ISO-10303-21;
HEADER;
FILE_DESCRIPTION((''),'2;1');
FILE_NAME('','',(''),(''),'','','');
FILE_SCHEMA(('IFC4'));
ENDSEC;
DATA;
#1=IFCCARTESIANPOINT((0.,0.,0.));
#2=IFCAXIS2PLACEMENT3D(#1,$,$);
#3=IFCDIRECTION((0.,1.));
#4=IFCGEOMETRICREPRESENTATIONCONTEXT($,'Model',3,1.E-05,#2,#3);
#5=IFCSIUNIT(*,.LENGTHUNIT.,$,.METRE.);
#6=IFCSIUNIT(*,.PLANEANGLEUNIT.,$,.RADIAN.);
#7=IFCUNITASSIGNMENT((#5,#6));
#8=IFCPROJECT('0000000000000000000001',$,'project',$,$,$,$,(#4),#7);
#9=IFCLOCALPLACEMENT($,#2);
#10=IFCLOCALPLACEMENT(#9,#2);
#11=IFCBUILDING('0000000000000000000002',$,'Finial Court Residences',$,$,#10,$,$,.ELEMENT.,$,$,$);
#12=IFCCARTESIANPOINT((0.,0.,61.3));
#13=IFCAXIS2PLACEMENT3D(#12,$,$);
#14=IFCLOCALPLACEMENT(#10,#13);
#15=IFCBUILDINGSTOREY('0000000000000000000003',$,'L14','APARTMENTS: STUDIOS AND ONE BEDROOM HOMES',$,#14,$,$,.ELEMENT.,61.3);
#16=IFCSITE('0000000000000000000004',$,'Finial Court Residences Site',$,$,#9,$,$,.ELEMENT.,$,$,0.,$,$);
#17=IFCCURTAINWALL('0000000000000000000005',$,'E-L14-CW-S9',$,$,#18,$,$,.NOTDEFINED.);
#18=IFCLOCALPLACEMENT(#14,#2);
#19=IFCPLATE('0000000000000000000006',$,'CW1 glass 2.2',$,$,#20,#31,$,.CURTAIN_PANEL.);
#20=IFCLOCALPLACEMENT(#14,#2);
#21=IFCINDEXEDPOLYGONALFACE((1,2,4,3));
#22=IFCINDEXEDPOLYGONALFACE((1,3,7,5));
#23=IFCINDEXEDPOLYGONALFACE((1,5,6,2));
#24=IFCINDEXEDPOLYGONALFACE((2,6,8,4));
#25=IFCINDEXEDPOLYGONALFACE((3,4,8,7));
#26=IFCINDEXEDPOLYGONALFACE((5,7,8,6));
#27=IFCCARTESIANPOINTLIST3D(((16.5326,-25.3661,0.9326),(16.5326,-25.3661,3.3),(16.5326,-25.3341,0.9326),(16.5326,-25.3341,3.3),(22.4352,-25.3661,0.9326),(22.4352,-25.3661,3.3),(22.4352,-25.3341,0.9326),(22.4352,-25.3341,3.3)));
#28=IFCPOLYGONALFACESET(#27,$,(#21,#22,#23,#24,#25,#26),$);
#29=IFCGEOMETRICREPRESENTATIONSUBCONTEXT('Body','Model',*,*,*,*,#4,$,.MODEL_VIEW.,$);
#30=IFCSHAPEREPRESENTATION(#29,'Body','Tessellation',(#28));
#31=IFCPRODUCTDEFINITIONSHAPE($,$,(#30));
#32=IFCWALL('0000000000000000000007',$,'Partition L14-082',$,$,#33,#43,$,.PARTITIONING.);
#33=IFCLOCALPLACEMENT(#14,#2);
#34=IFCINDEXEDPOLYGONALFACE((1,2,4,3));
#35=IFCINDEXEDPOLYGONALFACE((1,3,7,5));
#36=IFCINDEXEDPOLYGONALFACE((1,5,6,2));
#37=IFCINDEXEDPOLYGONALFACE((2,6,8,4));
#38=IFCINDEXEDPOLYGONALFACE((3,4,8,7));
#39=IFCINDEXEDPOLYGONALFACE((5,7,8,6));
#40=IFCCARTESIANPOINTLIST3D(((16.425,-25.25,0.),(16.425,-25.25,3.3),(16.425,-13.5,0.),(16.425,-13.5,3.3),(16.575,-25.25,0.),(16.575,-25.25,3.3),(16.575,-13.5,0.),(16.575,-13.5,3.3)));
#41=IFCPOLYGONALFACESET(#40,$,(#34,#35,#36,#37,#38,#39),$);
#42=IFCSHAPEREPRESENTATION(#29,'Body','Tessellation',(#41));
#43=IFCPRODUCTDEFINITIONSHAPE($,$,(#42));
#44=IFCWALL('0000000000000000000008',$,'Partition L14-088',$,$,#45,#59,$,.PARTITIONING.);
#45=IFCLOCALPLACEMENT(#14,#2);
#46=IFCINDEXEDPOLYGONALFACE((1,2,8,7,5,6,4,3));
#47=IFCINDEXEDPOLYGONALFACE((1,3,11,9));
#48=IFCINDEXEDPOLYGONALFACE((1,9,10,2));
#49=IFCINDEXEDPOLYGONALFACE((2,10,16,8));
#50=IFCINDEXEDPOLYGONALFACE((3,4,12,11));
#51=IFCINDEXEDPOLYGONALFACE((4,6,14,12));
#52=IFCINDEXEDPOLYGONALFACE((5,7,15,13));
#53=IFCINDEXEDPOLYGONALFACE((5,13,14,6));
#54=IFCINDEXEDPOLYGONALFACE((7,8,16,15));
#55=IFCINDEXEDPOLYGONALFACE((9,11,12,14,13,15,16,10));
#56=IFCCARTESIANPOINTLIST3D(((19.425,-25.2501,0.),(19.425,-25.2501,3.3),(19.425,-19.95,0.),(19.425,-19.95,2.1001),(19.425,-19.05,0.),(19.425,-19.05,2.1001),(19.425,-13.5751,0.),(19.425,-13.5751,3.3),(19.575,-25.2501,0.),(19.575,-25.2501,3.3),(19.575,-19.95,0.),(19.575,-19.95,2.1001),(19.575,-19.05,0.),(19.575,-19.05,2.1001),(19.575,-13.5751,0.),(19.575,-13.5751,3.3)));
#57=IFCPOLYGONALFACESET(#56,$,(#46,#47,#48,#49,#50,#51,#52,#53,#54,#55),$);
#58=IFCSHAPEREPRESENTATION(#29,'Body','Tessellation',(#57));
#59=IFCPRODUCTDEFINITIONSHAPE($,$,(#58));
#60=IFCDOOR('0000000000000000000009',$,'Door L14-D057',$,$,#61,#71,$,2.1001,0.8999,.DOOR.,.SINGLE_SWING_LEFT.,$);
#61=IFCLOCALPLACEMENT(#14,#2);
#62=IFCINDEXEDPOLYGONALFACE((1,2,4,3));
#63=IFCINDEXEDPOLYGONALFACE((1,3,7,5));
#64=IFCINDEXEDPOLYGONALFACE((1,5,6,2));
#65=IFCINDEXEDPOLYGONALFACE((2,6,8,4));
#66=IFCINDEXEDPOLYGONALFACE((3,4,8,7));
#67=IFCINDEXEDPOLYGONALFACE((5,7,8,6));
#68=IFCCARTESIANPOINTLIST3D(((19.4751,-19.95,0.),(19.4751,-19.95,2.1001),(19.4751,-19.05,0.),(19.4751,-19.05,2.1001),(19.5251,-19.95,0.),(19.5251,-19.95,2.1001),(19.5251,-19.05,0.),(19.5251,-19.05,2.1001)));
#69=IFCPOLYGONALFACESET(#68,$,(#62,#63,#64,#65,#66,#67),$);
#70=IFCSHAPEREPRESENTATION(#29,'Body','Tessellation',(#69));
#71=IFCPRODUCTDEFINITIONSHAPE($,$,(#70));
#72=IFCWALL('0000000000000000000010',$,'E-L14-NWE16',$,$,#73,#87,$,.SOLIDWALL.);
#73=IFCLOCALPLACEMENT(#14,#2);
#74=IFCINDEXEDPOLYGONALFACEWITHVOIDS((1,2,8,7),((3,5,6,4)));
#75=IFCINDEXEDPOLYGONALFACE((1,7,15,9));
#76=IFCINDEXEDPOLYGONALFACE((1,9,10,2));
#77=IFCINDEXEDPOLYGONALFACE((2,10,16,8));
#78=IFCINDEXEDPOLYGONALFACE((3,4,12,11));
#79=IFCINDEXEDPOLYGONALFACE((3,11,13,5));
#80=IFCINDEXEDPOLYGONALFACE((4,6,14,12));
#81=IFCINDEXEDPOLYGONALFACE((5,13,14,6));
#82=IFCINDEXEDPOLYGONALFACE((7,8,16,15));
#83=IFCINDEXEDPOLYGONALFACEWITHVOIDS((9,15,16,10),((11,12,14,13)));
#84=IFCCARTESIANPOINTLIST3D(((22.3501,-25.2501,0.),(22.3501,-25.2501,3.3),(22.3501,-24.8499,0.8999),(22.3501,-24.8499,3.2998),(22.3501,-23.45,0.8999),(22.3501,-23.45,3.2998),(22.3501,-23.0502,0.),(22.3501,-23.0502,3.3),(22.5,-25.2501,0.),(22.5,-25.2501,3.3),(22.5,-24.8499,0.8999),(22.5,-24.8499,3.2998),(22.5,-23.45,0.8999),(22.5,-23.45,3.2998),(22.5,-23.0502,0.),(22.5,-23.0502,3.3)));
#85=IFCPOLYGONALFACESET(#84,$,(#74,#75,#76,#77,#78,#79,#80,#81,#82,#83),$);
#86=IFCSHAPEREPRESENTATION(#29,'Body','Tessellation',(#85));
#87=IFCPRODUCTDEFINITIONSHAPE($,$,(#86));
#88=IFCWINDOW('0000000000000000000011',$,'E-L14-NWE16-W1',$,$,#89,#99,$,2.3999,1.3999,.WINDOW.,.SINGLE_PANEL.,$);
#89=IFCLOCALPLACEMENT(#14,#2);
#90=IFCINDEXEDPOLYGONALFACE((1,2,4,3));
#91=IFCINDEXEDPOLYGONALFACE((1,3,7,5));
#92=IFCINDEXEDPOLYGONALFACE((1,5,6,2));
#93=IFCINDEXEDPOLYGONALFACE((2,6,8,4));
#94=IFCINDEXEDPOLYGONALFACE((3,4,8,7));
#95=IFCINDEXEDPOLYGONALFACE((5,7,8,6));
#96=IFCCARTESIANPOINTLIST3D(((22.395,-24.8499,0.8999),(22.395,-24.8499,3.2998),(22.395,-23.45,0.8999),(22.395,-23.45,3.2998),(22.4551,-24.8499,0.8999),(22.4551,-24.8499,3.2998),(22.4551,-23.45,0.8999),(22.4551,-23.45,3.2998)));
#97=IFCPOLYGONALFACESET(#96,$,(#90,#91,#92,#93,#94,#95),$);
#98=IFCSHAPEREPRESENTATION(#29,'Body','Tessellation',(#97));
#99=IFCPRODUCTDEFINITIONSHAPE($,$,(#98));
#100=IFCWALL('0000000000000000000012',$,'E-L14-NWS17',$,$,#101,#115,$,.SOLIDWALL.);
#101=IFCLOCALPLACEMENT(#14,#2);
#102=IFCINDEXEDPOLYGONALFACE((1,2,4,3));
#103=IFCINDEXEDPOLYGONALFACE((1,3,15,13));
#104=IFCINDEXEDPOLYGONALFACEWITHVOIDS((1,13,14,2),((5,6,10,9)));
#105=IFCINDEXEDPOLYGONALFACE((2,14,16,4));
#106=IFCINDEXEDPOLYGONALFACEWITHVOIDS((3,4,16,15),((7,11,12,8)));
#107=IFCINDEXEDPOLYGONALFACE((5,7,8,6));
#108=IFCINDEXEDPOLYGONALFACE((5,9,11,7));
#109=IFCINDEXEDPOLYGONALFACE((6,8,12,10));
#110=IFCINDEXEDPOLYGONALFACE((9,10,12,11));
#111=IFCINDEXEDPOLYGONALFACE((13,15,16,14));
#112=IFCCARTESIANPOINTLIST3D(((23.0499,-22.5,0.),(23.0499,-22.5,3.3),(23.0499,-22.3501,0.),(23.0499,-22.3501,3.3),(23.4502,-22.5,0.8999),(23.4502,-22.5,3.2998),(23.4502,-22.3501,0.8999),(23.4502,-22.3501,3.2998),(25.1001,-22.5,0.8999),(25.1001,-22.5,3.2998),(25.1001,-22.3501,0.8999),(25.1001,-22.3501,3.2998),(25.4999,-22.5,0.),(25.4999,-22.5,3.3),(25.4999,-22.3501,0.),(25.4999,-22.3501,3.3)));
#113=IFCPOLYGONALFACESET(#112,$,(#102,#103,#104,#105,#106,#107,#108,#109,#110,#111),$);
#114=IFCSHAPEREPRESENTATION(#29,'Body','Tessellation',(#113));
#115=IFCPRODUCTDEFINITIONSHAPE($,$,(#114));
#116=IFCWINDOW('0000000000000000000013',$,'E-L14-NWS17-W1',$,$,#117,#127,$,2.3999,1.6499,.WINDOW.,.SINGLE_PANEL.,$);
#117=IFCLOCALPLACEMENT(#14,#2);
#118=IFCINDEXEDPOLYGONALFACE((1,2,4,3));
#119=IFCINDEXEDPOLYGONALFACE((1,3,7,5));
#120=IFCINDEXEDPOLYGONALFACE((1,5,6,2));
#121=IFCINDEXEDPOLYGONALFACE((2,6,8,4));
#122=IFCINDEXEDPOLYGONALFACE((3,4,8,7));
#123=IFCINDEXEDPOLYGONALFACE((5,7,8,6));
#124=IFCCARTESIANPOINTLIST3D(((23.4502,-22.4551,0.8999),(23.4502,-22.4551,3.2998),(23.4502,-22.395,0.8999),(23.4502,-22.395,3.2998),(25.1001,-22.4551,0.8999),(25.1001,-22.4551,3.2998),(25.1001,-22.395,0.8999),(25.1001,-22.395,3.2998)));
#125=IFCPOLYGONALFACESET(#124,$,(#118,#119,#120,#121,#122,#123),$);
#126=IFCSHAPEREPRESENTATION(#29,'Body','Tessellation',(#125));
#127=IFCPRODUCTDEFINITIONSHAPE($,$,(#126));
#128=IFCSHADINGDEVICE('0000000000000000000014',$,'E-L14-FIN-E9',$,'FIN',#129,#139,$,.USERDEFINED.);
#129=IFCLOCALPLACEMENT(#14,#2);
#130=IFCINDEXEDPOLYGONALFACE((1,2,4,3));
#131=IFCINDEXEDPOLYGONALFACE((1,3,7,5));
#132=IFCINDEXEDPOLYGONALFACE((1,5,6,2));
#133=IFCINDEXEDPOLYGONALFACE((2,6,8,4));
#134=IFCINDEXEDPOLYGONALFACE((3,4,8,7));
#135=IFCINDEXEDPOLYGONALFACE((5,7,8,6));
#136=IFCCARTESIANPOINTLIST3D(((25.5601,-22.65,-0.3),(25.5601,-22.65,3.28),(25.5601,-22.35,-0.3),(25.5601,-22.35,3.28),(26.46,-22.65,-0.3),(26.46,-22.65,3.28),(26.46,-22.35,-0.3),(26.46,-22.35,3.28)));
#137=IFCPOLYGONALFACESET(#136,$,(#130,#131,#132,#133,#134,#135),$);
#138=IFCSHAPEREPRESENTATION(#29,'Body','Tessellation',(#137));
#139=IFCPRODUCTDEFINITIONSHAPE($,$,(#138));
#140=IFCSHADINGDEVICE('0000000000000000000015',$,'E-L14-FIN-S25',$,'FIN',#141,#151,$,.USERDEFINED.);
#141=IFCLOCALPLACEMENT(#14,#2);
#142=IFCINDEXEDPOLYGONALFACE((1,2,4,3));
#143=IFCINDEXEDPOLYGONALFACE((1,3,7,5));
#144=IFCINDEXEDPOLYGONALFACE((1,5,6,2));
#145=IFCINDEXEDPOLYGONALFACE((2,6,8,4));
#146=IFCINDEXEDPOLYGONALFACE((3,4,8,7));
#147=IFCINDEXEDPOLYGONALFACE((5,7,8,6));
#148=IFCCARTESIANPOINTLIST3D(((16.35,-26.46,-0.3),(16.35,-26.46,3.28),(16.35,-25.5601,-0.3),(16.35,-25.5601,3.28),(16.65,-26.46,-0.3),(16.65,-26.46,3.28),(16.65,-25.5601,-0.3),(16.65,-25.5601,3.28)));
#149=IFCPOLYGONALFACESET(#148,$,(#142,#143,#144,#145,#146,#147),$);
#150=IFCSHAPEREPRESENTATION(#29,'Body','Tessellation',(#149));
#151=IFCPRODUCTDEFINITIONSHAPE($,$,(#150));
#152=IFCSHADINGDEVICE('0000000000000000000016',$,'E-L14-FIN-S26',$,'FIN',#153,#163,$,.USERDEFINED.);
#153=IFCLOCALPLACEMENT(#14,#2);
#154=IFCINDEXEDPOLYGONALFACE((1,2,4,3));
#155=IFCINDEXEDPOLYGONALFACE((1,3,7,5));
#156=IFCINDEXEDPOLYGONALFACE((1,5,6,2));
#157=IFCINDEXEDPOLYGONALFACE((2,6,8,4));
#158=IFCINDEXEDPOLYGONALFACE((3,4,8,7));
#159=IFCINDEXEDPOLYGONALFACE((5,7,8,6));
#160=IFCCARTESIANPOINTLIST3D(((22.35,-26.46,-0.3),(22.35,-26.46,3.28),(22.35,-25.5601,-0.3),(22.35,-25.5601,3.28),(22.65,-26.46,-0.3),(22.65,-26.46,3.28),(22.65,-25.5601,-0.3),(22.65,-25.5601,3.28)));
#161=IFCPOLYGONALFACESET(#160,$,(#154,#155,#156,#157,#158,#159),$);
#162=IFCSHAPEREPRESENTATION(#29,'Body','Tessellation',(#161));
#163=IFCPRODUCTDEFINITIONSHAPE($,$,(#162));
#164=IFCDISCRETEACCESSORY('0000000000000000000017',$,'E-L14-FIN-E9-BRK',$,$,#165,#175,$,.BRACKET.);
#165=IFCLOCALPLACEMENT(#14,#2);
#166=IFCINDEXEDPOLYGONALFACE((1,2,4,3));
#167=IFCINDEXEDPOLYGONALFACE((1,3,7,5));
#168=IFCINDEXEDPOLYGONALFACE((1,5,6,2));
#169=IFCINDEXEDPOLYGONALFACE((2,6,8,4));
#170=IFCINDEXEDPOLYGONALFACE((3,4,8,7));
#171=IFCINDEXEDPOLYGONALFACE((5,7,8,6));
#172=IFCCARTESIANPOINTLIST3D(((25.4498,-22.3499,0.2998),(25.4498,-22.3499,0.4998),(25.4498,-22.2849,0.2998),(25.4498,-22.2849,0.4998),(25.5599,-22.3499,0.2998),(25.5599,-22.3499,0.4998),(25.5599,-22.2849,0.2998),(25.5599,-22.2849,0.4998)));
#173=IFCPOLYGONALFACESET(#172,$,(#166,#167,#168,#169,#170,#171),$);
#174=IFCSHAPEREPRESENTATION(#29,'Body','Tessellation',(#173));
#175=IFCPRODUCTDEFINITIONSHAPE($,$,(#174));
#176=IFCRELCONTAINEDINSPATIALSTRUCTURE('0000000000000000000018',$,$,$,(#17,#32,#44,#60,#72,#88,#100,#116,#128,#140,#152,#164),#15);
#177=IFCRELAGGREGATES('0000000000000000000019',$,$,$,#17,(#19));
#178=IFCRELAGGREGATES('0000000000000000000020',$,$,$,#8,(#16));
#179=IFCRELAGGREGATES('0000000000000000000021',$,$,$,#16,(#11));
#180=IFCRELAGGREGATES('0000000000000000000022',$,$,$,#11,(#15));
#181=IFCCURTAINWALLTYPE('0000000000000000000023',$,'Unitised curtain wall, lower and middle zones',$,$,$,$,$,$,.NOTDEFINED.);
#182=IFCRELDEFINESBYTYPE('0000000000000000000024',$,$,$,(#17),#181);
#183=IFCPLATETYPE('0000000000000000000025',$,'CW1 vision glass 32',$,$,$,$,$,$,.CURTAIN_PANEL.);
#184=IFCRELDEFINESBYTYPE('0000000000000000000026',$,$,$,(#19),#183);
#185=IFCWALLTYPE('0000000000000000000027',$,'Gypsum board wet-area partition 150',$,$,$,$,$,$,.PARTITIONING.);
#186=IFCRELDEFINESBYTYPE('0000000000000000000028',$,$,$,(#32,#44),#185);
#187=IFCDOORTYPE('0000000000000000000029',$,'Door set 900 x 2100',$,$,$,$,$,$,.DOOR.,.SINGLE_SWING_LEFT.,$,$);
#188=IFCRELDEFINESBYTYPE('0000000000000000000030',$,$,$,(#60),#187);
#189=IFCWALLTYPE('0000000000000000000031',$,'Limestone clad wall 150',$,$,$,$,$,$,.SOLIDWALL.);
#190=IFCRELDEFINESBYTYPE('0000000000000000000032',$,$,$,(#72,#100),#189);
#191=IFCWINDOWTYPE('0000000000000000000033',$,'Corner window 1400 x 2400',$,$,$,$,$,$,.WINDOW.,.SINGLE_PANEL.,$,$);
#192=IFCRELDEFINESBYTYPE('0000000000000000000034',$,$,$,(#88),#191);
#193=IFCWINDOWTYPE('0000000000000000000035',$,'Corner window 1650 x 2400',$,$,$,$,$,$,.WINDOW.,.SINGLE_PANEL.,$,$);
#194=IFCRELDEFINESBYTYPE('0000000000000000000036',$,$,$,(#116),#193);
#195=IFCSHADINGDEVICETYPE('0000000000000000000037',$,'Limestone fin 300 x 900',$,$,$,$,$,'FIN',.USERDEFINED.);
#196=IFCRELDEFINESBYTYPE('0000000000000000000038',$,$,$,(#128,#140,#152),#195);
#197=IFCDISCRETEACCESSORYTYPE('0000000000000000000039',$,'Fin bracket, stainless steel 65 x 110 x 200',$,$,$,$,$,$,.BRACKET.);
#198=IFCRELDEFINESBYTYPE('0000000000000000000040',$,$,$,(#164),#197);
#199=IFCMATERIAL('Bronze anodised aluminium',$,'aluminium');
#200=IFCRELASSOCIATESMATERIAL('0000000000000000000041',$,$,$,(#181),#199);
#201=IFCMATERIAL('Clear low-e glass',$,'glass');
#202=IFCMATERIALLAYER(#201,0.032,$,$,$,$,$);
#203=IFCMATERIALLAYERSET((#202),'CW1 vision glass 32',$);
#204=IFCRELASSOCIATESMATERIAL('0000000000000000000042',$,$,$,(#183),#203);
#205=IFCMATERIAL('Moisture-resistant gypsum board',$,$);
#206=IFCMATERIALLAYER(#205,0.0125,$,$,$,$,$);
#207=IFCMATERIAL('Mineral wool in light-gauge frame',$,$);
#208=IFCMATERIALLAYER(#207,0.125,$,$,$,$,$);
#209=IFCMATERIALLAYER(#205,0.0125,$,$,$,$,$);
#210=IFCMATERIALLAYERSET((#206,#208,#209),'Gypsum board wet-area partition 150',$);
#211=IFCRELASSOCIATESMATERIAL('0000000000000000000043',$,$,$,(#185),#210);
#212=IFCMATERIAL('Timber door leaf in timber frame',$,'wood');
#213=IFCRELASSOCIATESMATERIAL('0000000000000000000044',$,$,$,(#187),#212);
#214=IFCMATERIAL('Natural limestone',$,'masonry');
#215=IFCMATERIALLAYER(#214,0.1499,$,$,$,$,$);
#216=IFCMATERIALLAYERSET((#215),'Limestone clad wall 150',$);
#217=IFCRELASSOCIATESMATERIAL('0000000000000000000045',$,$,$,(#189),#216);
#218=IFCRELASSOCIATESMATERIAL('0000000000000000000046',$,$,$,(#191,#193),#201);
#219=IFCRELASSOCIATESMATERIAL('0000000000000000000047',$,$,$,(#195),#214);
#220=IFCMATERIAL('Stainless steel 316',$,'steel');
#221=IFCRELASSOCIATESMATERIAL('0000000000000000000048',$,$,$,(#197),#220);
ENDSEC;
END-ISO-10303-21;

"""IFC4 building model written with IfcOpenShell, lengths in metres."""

from ifc_helpers import new_model, si_unit, direction, frame, frame_2d, origin, origin_2d, place, context, subcontext, project, spatial, rectangle, extrude, material, layer, layer_set, type_object, element, fill, aggregate, save


model = new_model("IFC4")

# Units and contexts
model_context = context("Model", 3, precision=1e-05, world=origin(), true_north=direction((0.0, 1.0)))
body_context = subcontext(model_context, "Body", "Model", "MODEL_VIEW")
ifc_project = project(units=[si_unit("LENGTHUNIT", "METRE"), si_unit("PLANEANGLEUNIT", "RADIAN")], contexts=[model_context])

# Site, building, storey
site_placement = place(None, origin())
site = spatial("IfcSite", under=ifc_project, at=site_placement, Name="Finial Court Residences Site", CompositionType="ELEMENT", RefElevation=0.0)
building_placement = place(site_placement, origin())
building = spatial("IfcBuilding", under=site, at=building_placement, Name="Finial Court Residences", CompositionType="ELEMENT")
storey_placement = place(building_placement, frame((0.0, 0.0, 61.3)))
storey = spatial("IfcBuildingStorey", under=building, at=storey_placement, Name="L14", Description="APARTMENTS: STUDIOS AND ONE BEDROOM HOMES", CompositionType="ELEMENT", Elevation=61.3)

# Shared definitions
ifc_material_1 = material(Name="Bronze anodised aluminium", Category="aluminium")
curtain_wall_type = type_object("IfcCurtainWallType", Name="Unitised curtain wall, lower and middle zones", PredefinedType="NOTDEFINED", material=ifc_material_1)

# Curtain wall
curtain_wall_1_placement = place(storey_placement, origin())
curtain_wall_1 = element("IfcCurtainWall", 1, at=curtain_wall_1_placement, inside=storey, type_object=curtain_wall_type, Name="E-L14-CW-S9", PredefinedType="NOTDEFINED")

# Plate
ifc_material_2 = material(Name="Clear low-e glass", Category="glass")
ifc_layer_1 = layer(ifc_material_2, 0.032)
ifc_layer_set_1 = layer_set([ifc_layer_1], Name="CW1 vision glass 32")
plate_type_1 = type_object("IfcPlateType", Name="CW1 vision glass 32", PredefinedType="CURTAIN_PANEL", material=ifc_layer_set_1)
plate_1_placement = place(storey_placement, frame((19.4839, -25.3501, 0.9326), z_axis=(0.0, 0.0, 1.0), x_axis=(1.0, 0.0, 0.0)))
plate_1 = element("IfcPlate", 2, at=plate_1_placement, type_object=plate_type_1, Name="CW1 glass 2.2", PredefinedType="CURTAIN_PANEL", context=body_context, shape_type="SweptSolid", body=[
    extrude(rectangle(XDim=5.9026, YDim=0.032, at=origin_2d()), origin(), (0.0, 0.0, 1.0), 2.3674),
])
aggregate(curtain_wall_1, [plate_1])

# Wall
ifc_material_3 = material(Name="Moisture-resistant gypsum board")
ifc_layer_2 = layer(ifc_material_3, 0.0125)
ifc_material_4 = material(Name="Mineral wool in light-gauge frame")
ifc_layer_3 = layer(ifc_material_4, 0.125)
ifc_layer_4 = layer(ifc_material_3, 0.0125)
ifc_layer_set_2 = layer_set([ifc_layer_2, ifc_layer_3, ifc_layer_4], Name="Gypsum board wet-area partition 150")
wall_type_1 = type_object("IfcWallType", Name="Gypsum board wet-area partition 150", PredefinedType="PARTITIONING", material=ifc_layer_set_2)
wall_1_placement = place(storey_placement, frame((16.5, -25.25, 0.0), z_axis=(0.0, 0.0, 1.0), x_axis=(0.0, 1.0, 0.0)))
element("IfcWall", 3, at=wall_1_placement, inside=storey, type_object=wall_type_1, Name="Partition L14-082", PredefinedType="PARTITIONING", context=body_context, shape_type="SweptSolid", body=[
    extrude(rectangle(XDim=11.75, YDim=0.1499, at=frame_2d((5.875, 0.0))), origin(), (0.0, 0.0, 1.0), 3.3),
])

# Wall, opening, door
wall_2_placement = place(storey_placement, frame((19.5, -25.25, 0.0), z_axis=(0.0, 0.0, 1.0), x_axis=(0.0, 1.0, 0.0)))
wall_2 = element("IfcWall", 4, at=wall_2_placement, inside=storey, type_object=wall_type_1, Name="Partition L14-088", PredefinedType="PARTITIONING", context=body_context, shape_type="SweptSolid", body=[
    extrude(rectangle(XDim=11.675, YDim=0.1499, at=frame_2d((5.8374, 0.0))), origin(), (0.0, 0.0, 1.0), 3.3),
])
opening_1_placement = place(wall_2_placement, frame((5.3, 0.0, 0.0)))
opening_1 = element("IfcOpeningElement", 5, at=opening_1_placement, cuts=wall_2, PredefinedType="OPENING", context=body_context, shape_type="SweptSolid", body=[
    extrude(rectangle(XDim=0.8999, YDim=2.1001, at=frame_2d((0.45, 1.05))), frame((0.0, 0.085, 0.0), z_axis=(0.0, -1.0, 0.0), x_axis=(1.0, 0.0, 0.0)), (0.0, 0.0, 1.0), 0.1699),
])
ifc_material_5 = material(Name="Timber door leaf in timber frame", Category="wood")
door_type = type_object("IfcDoorType", Name="Door set 900 x 2100", OperationType="SINGLE_SWING_LEFT", PredefinedType="DOOR", material=ifc_material_5)
door_placement = place(opening_1_placement, origin())
door = element("IfcDoor", 6, at=door_placement, inside=storey, type_object=door_type, Name="Door L14-D057", OperationType="SINGLE_SWING_LEFT", OverallHeight=2.1001, OverallWidth=0.8999, PredefinedType="DOOR", context=body_context, shape_type="SweptSolid", body=[
    extrude(rectangle(XDim=0.8999, YDim=2.1001, at=frame_2d((0.45, 1.05))), frame((0.0, 0.0249, 0.0), z_axis=(0.0, -1.0, 0.0), x_axis=(1.0, 0.0, 0.0)), (0.0, 0.0, 1.0), 0.05),
])
fill(opening_1, door)

# Walls, openings, windows
ifc_material_6 = material(Name="Natural limestone", Category="masonry")
ifc_layer_5 = layer(ifc_material_6, 0.1499)
ifc_layer_set_3 = layer_set([ifc_layer_5], Name="Limestone clad wall 150")
wall_type_2 = type_object("IfcWallType", Name="Limestone clad wall 150", PredefinedType="SOLIDWALL", material=ifc_layer_set_3)
wall_3_placement = place(storey_placement, frame((22.425, -23.05, 0.0), z_axis=(0.0, 0.0, 1.0), x_axis=(0.0, -1.0, 0.0)))
wall_3 = element("IfcWall", 7, at=wall_3_placement, inside=storey, type_object=wall_type_2, Name="E-L14-NWE16", PredefinedType="SOLIDWALL", context=body_context, shape_type="SweptSolid", body=[
    extrude(rectangle(XDim=2.2, YDim=0.1499, at=frame_2d((1.1001, 0.0))), origin(), (0.0, 0.0, 1.0), 3.3),
])
opening_2_placement = place(wall_3_placement, frame((0.3999, 0.0, 0.8999)))
opening_2 = element("IfcOpeningElement", 8, at=opening_2_placement, cuts=wall_3, PredefinedType="OPENING", context=body_context, shape_type="SweptSolid", body=[
    extrude(rectangle(XDim=1.3999, YDim=2.3999, at=frame_2d((0.7, 1.2))), frame((0.0, 0.085, 0.0), z_axis=(0.0, -1.0, 0.0), x_axis=(1.0, 0.0, 0.0)), (0.0, 0.0, 1.0), 0.1699),
])
window_type_1 = type_object("IfcWindowType", Name="Corner window 1400 x 2400", PartitioningType="SINGLE_PANEL", PredefinedType="WINDOW", material=ifc_material_2)
window_1_placement = place(opening_2_placement, origin())
window_1 = element("IfcWindow", 9, at=window_1_placement, inside=storey, type_object=window_type_1, Name="E-L14-NWE16-W1", OverallHeight=2.3999, OverallWidth=1.3999, PartitioningType="SINGLE_PANEL", PredefinedType="WINDOW", context=body_context, shape_type="SweptSolid", body=[
    extrude(rectangle(XDim=1.3999, YDim=2.3999, at=frame_2d((0.7, 1.2))), frame((0.0, 0.03, 0.0), z_axis=(0.0, -1.0, 0.0), x_axis=(1.0, 0.0, 0.0)), (0.0, 0.0, 1.0), 0.0601),
])
fill(opening_2, window_1)
wall_4_placement = place(storey_placement, frame((25.5, -22.425, 0.0), z_axis=(0.0, 0.0, 1.0), x_axis=(-1.0, 0.0, 0.0)))
wall_4 = element("IfcWall", 10, at=wall_4_placement, inside=storey, type_object=wall_type_2, Name="E-L14-NWS17", PredefinedType="SOLIDWALL", context=body_context, shape_type="SweptSolid", body=[
    extrude(rectangle(XDim=2.45, YDim=0.1499, at=frame_2d((1.2251, 0.0))), origin(), (0.0, 0.0, 1.0), 3.3),
])
opening_3_placement = place(wall_4_placement, frame((0.3999, 0.0, 0.8999)))
opening_3 = element("IfcOpeningElement", 11, at=opening_3_placement, cuts=wall_4, PredefinedType="OPENING", context=body_context, shape_type="SweptSolid", body=[
    extrude(rectangle(XDim=1.6499, YDim=2.3999, at=frame_2d((0.825, 1.2))), frame((0.0, 0.085, 0.0), z_axis=(0.0, -1.0, 0.0), x_axis=(1.0, 0.0, 0.0)), (0.0, 0.0, 1.0), 0.1699),
])
window_type_2 = type_object("IfcWindowType", Name="Corner window 1650 x 2400", PartitioningType="SINGLE_PANEL", PredefinedType="WINDOW", material=ifc_material_2)
window_2_placement = place(opening_3_placement, origin())
window_2 = element("IfcWindow", 12, at=window_2_placement, inside=storey, type_object=window_type_2, Name="E-L14-NWS17-W1", OverallHeight=2.3999, OverallWidth=1.6499, PartitioningType="SINGLE_PANEL", PredefinedType="WINDOW", context=body_context, shape_type="SweptSolid", body=[
    extrude(rectangle(XDim=1.6499, YDim=2.3999, at=frame_2d((0.825, 1.2))), frame((0.0, 0.03, 0.0), z_axis=(0.0, -1.0, 0.0), x_axis=(1.0, 0.0, 0.0)), (0.0, 0.0, 1.0), 0.0601),
])
fill(opening_3, window_2)

# Shading devices
shading_device_type = type_object("IfcShadingDeviceType", Name="Limestone fin 300 x 900", ElementType="FIN", PredefinedType="USERDEFINED", material=ifc_material_6)
shading_device_placement = place(storey_placement, frame((26.01, -22.5, -0.3), z_axis=(0.0, 0.0, 1.0), x_axis=(1.0, 0.0, 0.0)))
element("IfcShadingDevice", 13, at=shading_device_placement, inside=storey, type_object=shading_device_type, Name="E-L14-FIN-E9", ObjectType="FIN", PredefinedType="USERDEFINED", context=body_context, shape_type="SweptSolid", body=[
    extrude(rectangle(XDim=0.8999, YDim=0.3, at=origin_2d()), origin(), (0.0, 0.0, 1.0), 3.5801),
])
for number, where, z_axis, x_axis, name in (
    (14, (16.5, -26.01, -0.3), (0.0, 0.0, 1.0), (1.0, 0.0, 0.0), "E-L14-FIN-S25"),
    (15, (22.5, -26.01, -0.3), (0.0, 0.0, 1.0), (1.0, 0.0, 0.0), "E-L14-FIN-S26"),
):
    element("IfcShadingDevice", number, at=place(storey_placement, frame(where, z_axis=z_axis, x_axis=x_axis)), inside=storey, type_object=shading_device_type, Name=name, ObjectType="FIN", PredefinedType="USERDEFINED", context=body_context, shape_type="SweptSolid", body=[
        extrude(rectangle(XDim=0.3, YDim=0.8999, at=origin_2d()), origin(), (0.0, 0.0, 1.0), 3.5801),
    ])

# Discrete accessory
ifc_material_7 = material(Name="Stainless steel 316", Category="steel")
discrete_accessory_type = type_object("IfcDiscreteAccessoryType", Name="Fin bracket, stainless steel 65 x 110 x 200", PredefinedType="BRACKET", material=ifc_material_7)
discrete_accessory_placement = place(storey_placement, frame((25.5049, -22.3174, 0.2998), z_axis=(0.0, 0.0, 1.0), x_axis=(1.0, 0.0, 0.0)))
element("IfcDiscreteAccessory", 16, at=discrete_accessory_placement, inside=storey, type_object=discrete_accessory_type, Name="E-L14-FIN-E9-BRK", PredefinedType="BRACKET", context=body_context, shape_type="SweptSolid", body=[
    extrude(rectangle(XDim=0.1101, YDim=0.0649, at=origin_2d()), origin(), (0.0, 0.0, 1.0), 0.2),
])

save(model, "model.ifc")
